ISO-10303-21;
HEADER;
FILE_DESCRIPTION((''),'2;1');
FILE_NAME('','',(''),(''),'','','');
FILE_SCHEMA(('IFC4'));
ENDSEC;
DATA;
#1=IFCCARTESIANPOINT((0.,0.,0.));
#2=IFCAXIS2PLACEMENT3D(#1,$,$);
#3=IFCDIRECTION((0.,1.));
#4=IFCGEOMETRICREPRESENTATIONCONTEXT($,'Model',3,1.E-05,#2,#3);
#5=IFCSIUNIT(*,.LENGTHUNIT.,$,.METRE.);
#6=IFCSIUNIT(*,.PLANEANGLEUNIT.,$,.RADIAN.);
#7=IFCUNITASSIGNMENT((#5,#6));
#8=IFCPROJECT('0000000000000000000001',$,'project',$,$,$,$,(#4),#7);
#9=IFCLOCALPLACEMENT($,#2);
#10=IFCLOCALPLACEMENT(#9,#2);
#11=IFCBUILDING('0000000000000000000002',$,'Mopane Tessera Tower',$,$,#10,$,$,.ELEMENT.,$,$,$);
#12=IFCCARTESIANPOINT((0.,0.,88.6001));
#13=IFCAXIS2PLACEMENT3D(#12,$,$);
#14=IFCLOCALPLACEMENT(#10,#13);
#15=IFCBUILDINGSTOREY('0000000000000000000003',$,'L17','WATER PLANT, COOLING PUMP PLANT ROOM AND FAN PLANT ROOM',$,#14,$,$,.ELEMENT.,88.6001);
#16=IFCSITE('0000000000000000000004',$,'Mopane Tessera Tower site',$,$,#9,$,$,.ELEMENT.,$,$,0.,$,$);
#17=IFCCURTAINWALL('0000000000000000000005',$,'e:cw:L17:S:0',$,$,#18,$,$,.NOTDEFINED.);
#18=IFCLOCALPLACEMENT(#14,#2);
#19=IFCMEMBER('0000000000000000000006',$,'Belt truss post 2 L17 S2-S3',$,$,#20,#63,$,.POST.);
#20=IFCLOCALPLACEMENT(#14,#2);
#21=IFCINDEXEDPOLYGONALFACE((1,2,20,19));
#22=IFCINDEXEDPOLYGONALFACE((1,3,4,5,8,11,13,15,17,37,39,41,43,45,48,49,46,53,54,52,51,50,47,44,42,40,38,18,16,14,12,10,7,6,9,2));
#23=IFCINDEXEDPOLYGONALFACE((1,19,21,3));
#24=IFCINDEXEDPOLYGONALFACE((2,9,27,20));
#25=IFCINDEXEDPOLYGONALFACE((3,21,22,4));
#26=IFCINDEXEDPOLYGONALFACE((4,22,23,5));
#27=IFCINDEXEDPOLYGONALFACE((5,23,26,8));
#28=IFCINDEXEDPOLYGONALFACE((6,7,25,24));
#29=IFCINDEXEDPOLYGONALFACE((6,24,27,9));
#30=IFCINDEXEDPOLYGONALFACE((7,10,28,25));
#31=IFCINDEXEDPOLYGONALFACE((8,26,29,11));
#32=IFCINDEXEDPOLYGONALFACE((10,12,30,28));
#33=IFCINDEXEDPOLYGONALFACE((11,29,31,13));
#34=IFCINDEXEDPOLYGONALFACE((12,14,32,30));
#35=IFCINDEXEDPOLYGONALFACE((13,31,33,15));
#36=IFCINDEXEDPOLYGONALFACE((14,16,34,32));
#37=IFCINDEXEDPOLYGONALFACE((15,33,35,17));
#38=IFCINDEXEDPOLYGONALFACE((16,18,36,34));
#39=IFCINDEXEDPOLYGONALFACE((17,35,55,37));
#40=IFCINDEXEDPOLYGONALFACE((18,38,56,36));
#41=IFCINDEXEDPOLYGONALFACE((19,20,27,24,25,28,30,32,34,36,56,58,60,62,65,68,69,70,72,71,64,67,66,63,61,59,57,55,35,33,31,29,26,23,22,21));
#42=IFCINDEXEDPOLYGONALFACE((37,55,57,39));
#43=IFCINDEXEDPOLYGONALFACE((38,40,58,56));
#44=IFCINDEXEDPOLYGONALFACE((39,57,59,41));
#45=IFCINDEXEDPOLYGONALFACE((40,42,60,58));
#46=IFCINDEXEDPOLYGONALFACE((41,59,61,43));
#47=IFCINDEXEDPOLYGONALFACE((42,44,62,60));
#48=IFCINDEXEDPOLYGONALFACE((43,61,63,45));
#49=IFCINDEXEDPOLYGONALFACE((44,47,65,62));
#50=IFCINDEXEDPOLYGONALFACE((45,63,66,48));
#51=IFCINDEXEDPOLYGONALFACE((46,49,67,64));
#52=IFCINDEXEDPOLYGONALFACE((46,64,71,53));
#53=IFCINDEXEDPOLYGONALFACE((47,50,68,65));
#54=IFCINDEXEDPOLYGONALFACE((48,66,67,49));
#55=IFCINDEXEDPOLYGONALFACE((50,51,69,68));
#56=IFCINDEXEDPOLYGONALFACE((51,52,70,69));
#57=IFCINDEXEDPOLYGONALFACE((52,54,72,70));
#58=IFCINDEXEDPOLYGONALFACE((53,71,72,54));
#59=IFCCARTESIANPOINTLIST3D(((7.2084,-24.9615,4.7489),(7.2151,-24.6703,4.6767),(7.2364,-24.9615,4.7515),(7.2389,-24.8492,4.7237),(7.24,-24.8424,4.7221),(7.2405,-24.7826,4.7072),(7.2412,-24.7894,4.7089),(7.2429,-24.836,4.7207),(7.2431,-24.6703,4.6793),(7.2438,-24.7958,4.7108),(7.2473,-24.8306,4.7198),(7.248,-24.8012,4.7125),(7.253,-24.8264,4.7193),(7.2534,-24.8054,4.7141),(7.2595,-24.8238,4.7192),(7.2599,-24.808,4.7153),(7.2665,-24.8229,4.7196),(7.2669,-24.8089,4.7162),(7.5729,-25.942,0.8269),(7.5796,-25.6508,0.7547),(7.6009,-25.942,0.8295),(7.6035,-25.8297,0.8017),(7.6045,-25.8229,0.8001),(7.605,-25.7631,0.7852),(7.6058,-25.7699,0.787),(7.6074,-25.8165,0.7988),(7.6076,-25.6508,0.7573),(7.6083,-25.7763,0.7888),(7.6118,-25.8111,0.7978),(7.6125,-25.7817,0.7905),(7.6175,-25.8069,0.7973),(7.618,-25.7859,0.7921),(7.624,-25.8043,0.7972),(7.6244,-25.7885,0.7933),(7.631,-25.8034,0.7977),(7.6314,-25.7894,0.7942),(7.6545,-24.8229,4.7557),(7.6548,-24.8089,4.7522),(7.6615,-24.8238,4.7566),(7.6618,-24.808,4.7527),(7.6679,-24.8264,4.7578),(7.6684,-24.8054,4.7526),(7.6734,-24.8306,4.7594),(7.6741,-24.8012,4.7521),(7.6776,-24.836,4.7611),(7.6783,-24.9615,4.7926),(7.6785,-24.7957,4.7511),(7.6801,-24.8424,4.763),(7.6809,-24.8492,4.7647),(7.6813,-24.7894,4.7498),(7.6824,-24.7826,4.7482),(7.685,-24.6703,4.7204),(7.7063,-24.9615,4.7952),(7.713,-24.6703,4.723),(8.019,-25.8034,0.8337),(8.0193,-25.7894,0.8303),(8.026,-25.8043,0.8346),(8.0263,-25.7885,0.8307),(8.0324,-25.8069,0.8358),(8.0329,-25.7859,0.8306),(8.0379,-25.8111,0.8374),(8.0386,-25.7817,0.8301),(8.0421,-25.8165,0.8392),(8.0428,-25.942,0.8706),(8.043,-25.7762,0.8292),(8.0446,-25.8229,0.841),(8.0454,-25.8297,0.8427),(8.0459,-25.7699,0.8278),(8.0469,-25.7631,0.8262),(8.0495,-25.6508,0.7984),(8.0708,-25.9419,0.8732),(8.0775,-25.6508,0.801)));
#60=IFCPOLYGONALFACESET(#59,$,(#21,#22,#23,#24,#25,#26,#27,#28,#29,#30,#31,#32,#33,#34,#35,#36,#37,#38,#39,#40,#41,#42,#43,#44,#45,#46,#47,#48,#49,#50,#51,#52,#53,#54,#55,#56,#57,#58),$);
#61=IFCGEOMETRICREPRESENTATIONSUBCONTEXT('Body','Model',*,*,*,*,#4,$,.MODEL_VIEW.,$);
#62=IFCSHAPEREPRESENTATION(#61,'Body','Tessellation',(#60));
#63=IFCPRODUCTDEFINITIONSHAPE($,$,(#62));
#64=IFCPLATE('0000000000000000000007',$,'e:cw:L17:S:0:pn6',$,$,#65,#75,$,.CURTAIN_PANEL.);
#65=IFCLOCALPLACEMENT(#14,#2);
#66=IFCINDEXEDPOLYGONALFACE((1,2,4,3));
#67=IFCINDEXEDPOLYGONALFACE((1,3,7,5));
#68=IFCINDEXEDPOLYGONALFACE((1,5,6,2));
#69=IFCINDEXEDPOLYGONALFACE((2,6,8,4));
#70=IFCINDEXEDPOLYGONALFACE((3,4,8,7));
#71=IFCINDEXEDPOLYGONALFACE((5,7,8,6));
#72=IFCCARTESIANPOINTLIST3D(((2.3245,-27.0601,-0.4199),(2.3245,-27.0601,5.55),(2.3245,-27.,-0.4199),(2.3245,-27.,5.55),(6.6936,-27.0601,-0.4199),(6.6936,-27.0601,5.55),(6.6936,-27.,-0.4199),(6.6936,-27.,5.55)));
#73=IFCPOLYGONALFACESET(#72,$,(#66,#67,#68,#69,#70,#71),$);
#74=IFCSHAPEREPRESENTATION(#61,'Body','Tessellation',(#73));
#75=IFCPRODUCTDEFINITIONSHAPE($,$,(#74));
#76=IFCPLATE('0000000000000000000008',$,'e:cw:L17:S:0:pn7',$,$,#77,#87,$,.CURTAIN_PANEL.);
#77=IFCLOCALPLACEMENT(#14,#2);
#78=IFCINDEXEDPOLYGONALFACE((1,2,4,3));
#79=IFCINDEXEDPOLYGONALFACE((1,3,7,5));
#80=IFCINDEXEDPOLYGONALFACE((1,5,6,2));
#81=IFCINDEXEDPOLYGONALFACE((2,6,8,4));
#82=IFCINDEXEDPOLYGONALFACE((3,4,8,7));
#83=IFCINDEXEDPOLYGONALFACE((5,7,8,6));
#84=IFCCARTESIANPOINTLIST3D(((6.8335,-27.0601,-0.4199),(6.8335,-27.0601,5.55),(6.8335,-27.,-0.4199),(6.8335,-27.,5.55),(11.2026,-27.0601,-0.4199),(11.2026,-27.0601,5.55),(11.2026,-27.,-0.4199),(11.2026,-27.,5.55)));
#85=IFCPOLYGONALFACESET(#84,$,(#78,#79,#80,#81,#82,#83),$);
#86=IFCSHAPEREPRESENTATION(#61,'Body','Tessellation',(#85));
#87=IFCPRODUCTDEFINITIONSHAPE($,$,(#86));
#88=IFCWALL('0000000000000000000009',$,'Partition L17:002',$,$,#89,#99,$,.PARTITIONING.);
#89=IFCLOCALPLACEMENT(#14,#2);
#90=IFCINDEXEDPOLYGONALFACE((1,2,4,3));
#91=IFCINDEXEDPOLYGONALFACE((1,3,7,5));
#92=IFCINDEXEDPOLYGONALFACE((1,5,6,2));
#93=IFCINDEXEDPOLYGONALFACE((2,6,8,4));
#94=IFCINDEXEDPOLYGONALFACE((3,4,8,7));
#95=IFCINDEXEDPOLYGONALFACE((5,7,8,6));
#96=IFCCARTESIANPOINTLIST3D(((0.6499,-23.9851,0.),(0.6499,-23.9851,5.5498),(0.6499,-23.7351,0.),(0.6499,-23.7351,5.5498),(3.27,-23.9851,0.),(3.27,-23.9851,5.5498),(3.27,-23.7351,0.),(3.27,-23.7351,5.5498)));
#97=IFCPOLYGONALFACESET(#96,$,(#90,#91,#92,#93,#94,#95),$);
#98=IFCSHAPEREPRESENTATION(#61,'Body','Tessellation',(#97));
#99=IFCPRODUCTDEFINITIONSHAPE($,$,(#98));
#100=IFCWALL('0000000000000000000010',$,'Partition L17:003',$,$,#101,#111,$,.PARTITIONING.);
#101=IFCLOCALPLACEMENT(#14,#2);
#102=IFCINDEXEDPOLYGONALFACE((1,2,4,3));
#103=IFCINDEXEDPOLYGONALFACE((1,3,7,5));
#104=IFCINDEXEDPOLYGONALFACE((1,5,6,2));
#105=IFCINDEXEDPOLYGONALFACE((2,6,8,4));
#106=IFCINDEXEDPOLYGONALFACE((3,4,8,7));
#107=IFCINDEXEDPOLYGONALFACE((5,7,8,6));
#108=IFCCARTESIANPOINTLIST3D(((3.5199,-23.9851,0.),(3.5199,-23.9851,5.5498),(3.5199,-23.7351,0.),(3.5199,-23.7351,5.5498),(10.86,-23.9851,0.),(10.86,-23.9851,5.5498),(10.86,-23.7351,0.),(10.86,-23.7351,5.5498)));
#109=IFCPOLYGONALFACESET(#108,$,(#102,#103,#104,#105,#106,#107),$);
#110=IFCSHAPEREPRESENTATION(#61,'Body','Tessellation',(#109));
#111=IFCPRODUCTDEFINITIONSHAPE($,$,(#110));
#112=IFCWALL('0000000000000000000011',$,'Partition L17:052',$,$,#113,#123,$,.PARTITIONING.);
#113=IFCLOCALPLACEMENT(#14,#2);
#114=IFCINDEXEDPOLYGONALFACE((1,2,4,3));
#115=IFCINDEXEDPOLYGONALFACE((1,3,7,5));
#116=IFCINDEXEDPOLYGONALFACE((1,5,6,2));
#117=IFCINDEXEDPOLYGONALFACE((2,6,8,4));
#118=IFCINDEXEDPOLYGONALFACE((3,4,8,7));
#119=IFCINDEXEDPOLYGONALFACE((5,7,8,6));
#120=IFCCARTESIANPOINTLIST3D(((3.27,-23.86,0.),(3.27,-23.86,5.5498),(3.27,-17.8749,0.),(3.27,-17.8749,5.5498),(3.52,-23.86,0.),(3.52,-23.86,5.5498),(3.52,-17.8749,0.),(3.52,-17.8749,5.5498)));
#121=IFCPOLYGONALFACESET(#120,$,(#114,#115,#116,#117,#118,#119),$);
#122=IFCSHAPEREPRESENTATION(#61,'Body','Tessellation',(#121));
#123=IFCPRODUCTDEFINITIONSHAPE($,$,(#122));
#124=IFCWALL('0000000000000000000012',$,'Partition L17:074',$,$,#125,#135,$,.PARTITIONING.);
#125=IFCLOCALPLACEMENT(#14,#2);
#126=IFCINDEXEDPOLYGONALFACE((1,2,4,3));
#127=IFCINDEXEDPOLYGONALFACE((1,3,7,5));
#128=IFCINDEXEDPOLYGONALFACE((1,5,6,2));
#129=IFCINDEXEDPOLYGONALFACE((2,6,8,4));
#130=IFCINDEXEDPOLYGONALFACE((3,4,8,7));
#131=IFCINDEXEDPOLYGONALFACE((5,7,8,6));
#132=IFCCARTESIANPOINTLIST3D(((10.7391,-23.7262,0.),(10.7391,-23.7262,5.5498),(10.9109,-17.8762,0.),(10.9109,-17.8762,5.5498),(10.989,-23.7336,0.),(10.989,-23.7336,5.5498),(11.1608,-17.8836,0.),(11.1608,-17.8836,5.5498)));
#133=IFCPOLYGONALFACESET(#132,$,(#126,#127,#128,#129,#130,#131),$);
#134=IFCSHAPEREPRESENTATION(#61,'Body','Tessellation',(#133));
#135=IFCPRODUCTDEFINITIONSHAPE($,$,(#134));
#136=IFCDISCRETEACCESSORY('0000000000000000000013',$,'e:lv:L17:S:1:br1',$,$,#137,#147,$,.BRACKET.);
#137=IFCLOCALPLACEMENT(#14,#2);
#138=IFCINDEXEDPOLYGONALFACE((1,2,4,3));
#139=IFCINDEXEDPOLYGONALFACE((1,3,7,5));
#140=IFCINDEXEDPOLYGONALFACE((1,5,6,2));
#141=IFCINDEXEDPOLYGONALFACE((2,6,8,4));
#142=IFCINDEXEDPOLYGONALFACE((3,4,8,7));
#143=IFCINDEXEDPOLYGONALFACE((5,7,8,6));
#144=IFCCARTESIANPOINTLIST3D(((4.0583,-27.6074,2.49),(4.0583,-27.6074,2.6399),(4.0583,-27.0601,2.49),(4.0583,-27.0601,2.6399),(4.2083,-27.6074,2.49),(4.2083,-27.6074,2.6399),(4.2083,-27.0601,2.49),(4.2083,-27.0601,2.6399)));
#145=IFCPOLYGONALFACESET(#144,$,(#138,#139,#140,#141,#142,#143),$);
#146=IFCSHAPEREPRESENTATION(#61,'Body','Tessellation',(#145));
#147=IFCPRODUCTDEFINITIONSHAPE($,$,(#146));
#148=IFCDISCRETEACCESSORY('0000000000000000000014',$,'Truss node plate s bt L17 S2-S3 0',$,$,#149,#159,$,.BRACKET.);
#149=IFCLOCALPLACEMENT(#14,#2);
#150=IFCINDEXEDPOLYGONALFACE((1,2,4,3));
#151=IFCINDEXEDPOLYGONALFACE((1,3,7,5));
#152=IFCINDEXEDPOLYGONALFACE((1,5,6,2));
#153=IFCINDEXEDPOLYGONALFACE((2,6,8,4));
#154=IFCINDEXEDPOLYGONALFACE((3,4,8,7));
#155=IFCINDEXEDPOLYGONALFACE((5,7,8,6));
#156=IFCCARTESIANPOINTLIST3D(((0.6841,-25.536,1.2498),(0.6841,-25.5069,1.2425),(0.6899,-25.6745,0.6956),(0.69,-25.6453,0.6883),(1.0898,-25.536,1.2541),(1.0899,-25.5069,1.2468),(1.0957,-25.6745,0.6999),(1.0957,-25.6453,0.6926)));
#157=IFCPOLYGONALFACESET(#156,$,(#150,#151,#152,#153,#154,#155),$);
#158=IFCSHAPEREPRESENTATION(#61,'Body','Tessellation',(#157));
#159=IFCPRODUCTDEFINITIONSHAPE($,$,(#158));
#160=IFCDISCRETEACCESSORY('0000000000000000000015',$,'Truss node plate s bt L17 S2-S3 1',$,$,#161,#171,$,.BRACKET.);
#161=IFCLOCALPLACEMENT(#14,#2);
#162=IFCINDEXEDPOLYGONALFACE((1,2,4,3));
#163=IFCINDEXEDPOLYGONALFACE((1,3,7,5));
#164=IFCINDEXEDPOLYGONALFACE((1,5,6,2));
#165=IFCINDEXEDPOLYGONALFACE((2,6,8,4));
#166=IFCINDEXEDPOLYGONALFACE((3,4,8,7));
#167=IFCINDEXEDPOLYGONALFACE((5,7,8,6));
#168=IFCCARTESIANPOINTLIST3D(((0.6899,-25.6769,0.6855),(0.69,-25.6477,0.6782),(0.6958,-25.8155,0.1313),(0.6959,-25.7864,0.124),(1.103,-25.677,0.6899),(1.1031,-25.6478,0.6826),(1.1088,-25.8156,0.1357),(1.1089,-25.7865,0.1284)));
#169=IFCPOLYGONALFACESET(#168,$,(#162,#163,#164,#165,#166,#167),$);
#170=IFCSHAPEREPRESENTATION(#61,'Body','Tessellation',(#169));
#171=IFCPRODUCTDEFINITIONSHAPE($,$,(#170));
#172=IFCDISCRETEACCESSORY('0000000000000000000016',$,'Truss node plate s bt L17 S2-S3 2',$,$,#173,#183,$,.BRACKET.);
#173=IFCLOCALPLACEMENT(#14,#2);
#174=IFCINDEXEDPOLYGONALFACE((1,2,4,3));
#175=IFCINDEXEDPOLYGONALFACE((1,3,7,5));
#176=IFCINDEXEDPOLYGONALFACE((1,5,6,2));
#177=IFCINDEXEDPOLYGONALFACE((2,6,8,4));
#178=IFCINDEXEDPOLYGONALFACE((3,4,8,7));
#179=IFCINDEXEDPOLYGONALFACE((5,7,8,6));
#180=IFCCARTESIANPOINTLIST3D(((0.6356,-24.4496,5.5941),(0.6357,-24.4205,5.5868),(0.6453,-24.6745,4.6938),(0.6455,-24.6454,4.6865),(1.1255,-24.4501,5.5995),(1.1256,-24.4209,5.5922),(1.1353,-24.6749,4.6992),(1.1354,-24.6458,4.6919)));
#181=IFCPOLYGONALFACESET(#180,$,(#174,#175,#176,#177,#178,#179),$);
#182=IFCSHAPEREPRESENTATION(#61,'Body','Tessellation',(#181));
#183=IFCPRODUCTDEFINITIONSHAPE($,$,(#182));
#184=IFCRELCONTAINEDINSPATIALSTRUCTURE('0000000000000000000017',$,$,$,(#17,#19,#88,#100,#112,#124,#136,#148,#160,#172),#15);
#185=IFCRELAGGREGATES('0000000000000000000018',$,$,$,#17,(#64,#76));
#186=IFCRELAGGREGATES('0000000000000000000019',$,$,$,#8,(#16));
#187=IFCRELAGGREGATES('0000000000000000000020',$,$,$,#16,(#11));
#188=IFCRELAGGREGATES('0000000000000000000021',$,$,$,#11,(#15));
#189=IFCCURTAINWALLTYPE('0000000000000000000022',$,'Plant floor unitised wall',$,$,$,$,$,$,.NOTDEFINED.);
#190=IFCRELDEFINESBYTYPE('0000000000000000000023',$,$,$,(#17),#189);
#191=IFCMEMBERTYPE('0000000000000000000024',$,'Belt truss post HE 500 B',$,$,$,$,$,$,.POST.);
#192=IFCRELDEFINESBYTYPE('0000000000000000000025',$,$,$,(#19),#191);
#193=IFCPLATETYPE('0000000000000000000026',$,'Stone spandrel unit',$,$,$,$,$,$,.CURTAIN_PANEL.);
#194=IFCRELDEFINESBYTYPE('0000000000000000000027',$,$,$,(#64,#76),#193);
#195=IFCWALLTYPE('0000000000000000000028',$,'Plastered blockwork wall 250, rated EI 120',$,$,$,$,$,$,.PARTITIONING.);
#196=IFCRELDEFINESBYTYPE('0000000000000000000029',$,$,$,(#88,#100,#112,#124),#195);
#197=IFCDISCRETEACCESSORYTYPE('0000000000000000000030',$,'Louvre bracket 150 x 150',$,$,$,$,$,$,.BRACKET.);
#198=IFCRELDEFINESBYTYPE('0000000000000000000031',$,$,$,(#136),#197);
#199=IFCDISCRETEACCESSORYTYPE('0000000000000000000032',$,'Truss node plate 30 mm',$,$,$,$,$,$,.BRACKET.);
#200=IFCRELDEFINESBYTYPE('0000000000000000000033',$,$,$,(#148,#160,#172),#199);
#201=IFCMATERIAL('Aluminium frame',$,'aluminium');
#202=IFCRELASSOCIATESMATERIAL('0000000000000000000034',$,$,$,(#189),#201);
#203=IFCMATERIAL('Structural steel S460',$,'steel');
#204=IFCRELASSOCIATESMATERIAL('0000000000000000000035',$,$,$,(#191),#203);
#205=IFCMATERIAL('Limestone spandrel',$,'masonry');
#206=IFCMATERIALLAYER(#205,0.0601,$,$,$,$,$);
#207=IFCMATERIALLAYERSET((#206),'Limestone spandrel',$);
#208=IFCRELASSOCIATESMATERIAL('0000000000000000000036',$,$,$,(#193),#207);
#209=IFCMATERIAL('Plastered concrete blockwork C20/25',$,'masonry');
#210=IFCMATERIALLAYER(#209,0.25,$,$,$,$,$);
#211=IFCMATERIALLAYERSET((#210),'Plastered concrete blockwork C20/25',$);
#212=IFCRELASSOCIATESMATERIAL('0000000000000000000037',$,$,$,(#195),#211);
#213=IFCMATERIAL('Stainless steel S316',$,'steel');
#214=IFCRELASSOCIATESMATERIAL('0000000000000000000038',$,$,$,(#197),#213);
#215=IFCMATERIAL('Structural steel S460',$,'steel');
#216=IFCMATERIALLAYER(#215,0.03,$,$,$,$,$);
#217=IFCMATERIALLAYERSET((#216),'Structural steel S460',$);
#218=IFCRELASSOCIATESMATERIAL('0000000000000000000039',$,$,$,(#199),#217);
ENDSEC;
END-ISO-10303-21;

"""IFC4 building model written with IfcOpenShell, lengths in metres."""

from ifc_helpers import new_model, si_unit, direction, frame, frame_2d, origin, origin_2d, place, context, subcontext, project, spatial, rectangle, i_section, extrude, material, layer, layer_set, material_profile, profile_set, type_object, element, aggregate, save


model = new_model("IFC4")

# Units and contexts
model_context = context("Model", 3, precision=1e-05, world=origin(), true_north=direction((0.0, 1.0)))
body_context = subcontext(model_context, "Body", "Model", "MODEL_VIEW")
ifc_project = project(units=[si_unit("LENGTHUNIT", "METRE"), si_unit("PLANEANGLEUNIT", "RADIAN")], contexts=[model_context])

# Site, building, storey
site_placement = place(None, origin())
site = spatial("IfcSite", under=ifc_project, at=site_placement, Name="Mopane Tessera Tower site", CompositionType="ELEMENT", RefElevation=0.0)
building_placement = place(site_placement, origin())
building = spatial("IfcBuilding", under=site, at=building_placement, Name="Mopane Tessera Tower", CompositionType="ELEMENT")
storey_placement = place(building_placement, frame((0.0, 0.0, 88.6001)))
storey = spatial("IfcBuildingStorey", under=building, at=storey_placement, Name="L17", Description="WATER PLANT, COOLING PUMP PLANT ROOM AND FAN PLANT ROOM", CompositionType="ELEMENT", Elevation=88.6001)

# Curtain wall
ifc_material_1 = material(Name="Aluminium frame", Category="aluminium")
curtain_wall_type = type_object("IfcCurtainWallType", Name="Plant floor unitised wall", PredefinedType="NOTDEFINED", material=ifc_material_1)
curtain_wall_placement = place(storey_placement, origin())
curtain_wall = element("IfcCurtainWall", 1, at=curtain_wall_placement, inside=storey, type_object=curtain_wall_type, Name="e:cw:L17:S:0", PredefinedType="NOTDEFINED")

# Member
ifc_material_2 = material(Name="Structural steel S460", Category="steel")
ifc_material_profile_1 = material_profile(ifc_material_2, i_section(OverallWidth=0.3, OverallDepth=0.5, WebThickness=0.0144, FlangeThickness=0.0281, FilletRadius=0.0271, at=origin_2d()))
ifc_profile_set_1 = profile_set([ifc_material_profile_1], Name="Structural steel S460")
member_type_1 = type_object("IfcMemberType", Name="Belt truss post HE 500 B", PredefinedType="POST", material=ifc_profile_set_1)
member_1_placement = place(storey_placement, frame((7.8252, -25.7964, 0.814), z_axis=(-0.089801, 0.241556, 0.966223), x_axis=(0.022278, 0.970387, -0.240526)))
element("IfcMember", 2, at=member_1_placement, inside=storey, type_object=member_type_1, Name="Belt truss post 2 L17 S2-S3", PredefinedType="POST", context=body_context, shape_type="SweptSolid", body=[
    extrude(i_section(OverallWidth=0.3, OverallDepth=0.5, WebThickness=0.0144, FlangeThickness=0.0281, FilletRadius=0.0271, at=origin_2d()), origin(), (0.0, 0.0, 1.0), 4.0591),
])

# Plates
ifc_material_3 = material(Name="Limestone spandrel", Category="masonry")
ifc_layer_1 = layer(ifc_material_3, 0.0601)
ifc_layer_set_1 = layer_set([ifc_layer_1], Name="Limestone spandrel")
plate_type = type_object("IfcPlateType", Name="Stone spandrel unit", PredefinedType="CURTAIN_PANEL", material=ifc_layer_set_1)
plate_1_placement = place(storey_placement, frame((4.509, -27.03, -0.4199), z_axis=(0.0, 0.0, 1.0), x_axis=(1.0, 0.0, 0.0)))
plate_1 = element("IfcPlate", 3, at=plate_1_placement, type_object=plate_type, Name="e:cw:L17:S:0:pn6", PredefinedType="CURTAIN_PANEL", context=body_context, shape_type="SweptSolid", body=[
    extrude(rectangle(XDim=4.3691, YDim=0.0601, at=origin_2d()), origin(), (0.0, 0.0, 1.0), 5.97),
])
plate_2_placement = place(storey_placement, frame((9.0181, -27.03, -0.4199), z_axis=(0.0, 0.0, 1.0), x_axis=(1.0, 0.0, 0.0)))
plate_2 = element("IfcPlate", 4, at=plate_2_placement, type_object=plate_type, Name="e:cw:L17:S:0:pn7", PredefinedType="CURTAIN_PANEL", context=body_context, shape_type="SweptSolid", body=[
    extrude(rectangle(XDim=4.3691, YDim=0.0601, at=origin_2d()), origin(), (0.0, 0.0, 1.0), 5.97),
])
aggregate(curtain_wall, [plate_1, plate_2])

# Walls
ifc_material_4 = material(Name="Plastered concrete blockwork C20/25", Category="masonry")
ifc_layer_2 = layer(ifc_material_4, 0.25)
ifc_layer_set_2 = layer_set([ifc_layer_2], Name="Plastered concrete blockwork C20/25")
wall_type = type_object("IfcWallType", Name="Plastered blockwork wall 250, rated EI 120", PredefinedType="PARTITIONING", material=ifc_layer_set_2)
wall_1_placement = place(storey_placement, frame((0.6499, -23.8601, 0.0), z_axis=(0.0, 0.0, 1.0), x_axis=(1.0, 0.0, 0.0)))
element("IfcWall", 5, at=wall_1_placement, inside=storey, type_object=wall_type, Name="Partition L17:002", PredefinedType="PARTITIONING", context=body_context, shape_type="SweptSolid", body=[
    extrude(rectangle(XDim=2.6201, YDim=0.25, at=frame_2d((1.3101, 0.0))), origin(), (0.0, 0.0, 1.0), 5.5498),
])
wall_2_placement = place(storey_placement, frame((3.52, -23.8601, 0.0), z_axis=(0.0, 0.0, 1.0), x_axis=(1.0, 0.0, 0.0)))
element("IfcWall", 6, at=wall_2_placement, inside=storey, type_object=wall_type, Name="Partition L17:003", PredefinedType="PARTITIONING", context=body_context, shape_type="SweptSolid", body=[
    extrude(rectangle(XDim=7.3401, YDim=0.25, at=frame_2d((3.6699, 0.0))), origin(), (0.0, 0.0, 1.0), 5.5498),
])
wall_3_placement = place(storey_placement, frame((3.395, -23.8601, 0.0), z_axis=(0.0, 0.0, 1.0), x_axis=(0.0, 1.0, 0.0)))
element("IfcWall", 7, at=wall_3_placement, inside=storey, type_object=wall_type, Name="Partition L17:052", PredefinedType="PARTITIONING", context=body_context, shape_type="SweptSolid", body=[
    extrude(rectangle(XDim=5.9851, YDim=0.25, at=frame_2d((2.9927, 0.0))), origin(), (0.0, 0.0, 1.0), 5.5498),
])
wall_4_placement = place(storey_placement, frame((11.0359, -17.8799, 0.0), z_axis=(0.0, 0.0, 1.0), x_axis=(-0.029367, -0.999569, 0.0)))
element("IfcWall", 8, at=wall_4_placement, inside=storey, type_object=wall_type, Name="Partition L17:074", PredefinedType="PARTITIONING", context=body_context, shape_type="SweptSolid", body=[
    extrude(rectangle(XDim=5.8525, YDim=0.25, at=frame_2d((2.9263, 0.0))), origin(), (0.0, 0.0, 1.0), 5.5498),
])

# Discrete accessories
ifc_material_5 = material(Name="Stainless steel S316", Category="steel")
discrete_accessory_type_1 = type_object("IfcDiscreteAccessoryType", Name="Louvre bracket 150 x 150", PredefinedType="BRACKET", material=ifc_material_5)
discrete_accessory_1_placement = place(storey_placement, frame((4.1333, -27.3337, 2.49), z_axis=(0.0, 0.0, 1.0), x_axis=(0.0, -1.0, 0.0)))
element("IfcDiscreteAccessory", 9, at=discrete_accessory_1_placement, inside=storey, type_object=discrete_accessory_type_1, Name="e:lv:L17:S:1:br1", PredefinedType="BRACKET", context=body_context, shape_type="SweptSolid", body=[
    extrude(rectangle(XDim=0.5474, YDim=0.1499, at=origin_2d()), origin(), (0.0, 0.0, 1.0), 0.1499),
])
ifc_material_6 = material(Name="Structural steel S460", Category="steel")
ifc_layer_3 = layer(ifc_material_6, 0.03)
ifc_layer_set_3 = layer_set([ifc_layer_3], Name="Structural steel S460")
discrete_accessory_type_2 = type_object("IfcDiscreteAccessoryType", Name="Truss node plate 30 mm", PredefinedType="BRACKET", material=ifc_layer_set_3)
discrete_accessory_2_placement = place(storey_placement, frame((0.8928, -25.6599, 0.6941), z_axis=(-0.010257, 0.242322, 0.970142), x_axis=(0.002587, 0.970196, -0.242308)))
element("IfcDiscreteAccessory", 10, at=discrete_accessory_2_placement, inside=storey, type_object=discrete_accessory_type_2, Name="Truss node plate s bt L17 S2-S3 0", PredefinedType="BRACKET", context=body_context, shape_type="SweptSolid", body=[
    extrude(rectangle(XDim=0.03, YDim=0.4058, at=origin_2d()), origin(), (0.0, 0.0, 1.0), 0.5713),
])
discrete_accessory_3_placement = place(storey_placement, frame((0.9023, -25.801, 0.1299), z_axis=(-0.010256, 0.242724, 0.970041), x_axis=(0.002837, 0.970095, -0.242708)))
element("IfcDiscreteAccessory", 11, at=discrete_accessory_3_placement, inside=storey, type_object=discrete_accessory_type_2, Name="Truss node plate s bt L17 S2-S3 1", PredefinedType="BRACKET", context=body_context, shape_type="SweptSolid", body=[
    extrude(rectangle(XDim=0.03, YDim=0.4131, at=origin_2d()), origin(), (0.0, 0.0, 1.0), 0.5713),
])
discrete_accessory_4_placement = place(storey_placement, frame((0.8904, -24.6602, 4.6929), z_axis=(-0.010525, 0.242336, 0.970135), x_axis=(0.003565, 0.970192, -0.242312)))
element("IfcDiscreteAccessory", 12, at=discrete_accessory_4_placement, inside=storey, type_object=discrete_accessory_type_2, Name="Truss node plate s bt L17 S2-S3 2", PredefinedType="BRACKET", context=body_context, shape_type="SweptSolid", body=[
    extrude(rectangle(XDim=0.03, YDim=0.49, at=origin_2d()), origin(), (0.0, 0.0, 1.0), 0.928),
])

save(model, "model.ifc")
